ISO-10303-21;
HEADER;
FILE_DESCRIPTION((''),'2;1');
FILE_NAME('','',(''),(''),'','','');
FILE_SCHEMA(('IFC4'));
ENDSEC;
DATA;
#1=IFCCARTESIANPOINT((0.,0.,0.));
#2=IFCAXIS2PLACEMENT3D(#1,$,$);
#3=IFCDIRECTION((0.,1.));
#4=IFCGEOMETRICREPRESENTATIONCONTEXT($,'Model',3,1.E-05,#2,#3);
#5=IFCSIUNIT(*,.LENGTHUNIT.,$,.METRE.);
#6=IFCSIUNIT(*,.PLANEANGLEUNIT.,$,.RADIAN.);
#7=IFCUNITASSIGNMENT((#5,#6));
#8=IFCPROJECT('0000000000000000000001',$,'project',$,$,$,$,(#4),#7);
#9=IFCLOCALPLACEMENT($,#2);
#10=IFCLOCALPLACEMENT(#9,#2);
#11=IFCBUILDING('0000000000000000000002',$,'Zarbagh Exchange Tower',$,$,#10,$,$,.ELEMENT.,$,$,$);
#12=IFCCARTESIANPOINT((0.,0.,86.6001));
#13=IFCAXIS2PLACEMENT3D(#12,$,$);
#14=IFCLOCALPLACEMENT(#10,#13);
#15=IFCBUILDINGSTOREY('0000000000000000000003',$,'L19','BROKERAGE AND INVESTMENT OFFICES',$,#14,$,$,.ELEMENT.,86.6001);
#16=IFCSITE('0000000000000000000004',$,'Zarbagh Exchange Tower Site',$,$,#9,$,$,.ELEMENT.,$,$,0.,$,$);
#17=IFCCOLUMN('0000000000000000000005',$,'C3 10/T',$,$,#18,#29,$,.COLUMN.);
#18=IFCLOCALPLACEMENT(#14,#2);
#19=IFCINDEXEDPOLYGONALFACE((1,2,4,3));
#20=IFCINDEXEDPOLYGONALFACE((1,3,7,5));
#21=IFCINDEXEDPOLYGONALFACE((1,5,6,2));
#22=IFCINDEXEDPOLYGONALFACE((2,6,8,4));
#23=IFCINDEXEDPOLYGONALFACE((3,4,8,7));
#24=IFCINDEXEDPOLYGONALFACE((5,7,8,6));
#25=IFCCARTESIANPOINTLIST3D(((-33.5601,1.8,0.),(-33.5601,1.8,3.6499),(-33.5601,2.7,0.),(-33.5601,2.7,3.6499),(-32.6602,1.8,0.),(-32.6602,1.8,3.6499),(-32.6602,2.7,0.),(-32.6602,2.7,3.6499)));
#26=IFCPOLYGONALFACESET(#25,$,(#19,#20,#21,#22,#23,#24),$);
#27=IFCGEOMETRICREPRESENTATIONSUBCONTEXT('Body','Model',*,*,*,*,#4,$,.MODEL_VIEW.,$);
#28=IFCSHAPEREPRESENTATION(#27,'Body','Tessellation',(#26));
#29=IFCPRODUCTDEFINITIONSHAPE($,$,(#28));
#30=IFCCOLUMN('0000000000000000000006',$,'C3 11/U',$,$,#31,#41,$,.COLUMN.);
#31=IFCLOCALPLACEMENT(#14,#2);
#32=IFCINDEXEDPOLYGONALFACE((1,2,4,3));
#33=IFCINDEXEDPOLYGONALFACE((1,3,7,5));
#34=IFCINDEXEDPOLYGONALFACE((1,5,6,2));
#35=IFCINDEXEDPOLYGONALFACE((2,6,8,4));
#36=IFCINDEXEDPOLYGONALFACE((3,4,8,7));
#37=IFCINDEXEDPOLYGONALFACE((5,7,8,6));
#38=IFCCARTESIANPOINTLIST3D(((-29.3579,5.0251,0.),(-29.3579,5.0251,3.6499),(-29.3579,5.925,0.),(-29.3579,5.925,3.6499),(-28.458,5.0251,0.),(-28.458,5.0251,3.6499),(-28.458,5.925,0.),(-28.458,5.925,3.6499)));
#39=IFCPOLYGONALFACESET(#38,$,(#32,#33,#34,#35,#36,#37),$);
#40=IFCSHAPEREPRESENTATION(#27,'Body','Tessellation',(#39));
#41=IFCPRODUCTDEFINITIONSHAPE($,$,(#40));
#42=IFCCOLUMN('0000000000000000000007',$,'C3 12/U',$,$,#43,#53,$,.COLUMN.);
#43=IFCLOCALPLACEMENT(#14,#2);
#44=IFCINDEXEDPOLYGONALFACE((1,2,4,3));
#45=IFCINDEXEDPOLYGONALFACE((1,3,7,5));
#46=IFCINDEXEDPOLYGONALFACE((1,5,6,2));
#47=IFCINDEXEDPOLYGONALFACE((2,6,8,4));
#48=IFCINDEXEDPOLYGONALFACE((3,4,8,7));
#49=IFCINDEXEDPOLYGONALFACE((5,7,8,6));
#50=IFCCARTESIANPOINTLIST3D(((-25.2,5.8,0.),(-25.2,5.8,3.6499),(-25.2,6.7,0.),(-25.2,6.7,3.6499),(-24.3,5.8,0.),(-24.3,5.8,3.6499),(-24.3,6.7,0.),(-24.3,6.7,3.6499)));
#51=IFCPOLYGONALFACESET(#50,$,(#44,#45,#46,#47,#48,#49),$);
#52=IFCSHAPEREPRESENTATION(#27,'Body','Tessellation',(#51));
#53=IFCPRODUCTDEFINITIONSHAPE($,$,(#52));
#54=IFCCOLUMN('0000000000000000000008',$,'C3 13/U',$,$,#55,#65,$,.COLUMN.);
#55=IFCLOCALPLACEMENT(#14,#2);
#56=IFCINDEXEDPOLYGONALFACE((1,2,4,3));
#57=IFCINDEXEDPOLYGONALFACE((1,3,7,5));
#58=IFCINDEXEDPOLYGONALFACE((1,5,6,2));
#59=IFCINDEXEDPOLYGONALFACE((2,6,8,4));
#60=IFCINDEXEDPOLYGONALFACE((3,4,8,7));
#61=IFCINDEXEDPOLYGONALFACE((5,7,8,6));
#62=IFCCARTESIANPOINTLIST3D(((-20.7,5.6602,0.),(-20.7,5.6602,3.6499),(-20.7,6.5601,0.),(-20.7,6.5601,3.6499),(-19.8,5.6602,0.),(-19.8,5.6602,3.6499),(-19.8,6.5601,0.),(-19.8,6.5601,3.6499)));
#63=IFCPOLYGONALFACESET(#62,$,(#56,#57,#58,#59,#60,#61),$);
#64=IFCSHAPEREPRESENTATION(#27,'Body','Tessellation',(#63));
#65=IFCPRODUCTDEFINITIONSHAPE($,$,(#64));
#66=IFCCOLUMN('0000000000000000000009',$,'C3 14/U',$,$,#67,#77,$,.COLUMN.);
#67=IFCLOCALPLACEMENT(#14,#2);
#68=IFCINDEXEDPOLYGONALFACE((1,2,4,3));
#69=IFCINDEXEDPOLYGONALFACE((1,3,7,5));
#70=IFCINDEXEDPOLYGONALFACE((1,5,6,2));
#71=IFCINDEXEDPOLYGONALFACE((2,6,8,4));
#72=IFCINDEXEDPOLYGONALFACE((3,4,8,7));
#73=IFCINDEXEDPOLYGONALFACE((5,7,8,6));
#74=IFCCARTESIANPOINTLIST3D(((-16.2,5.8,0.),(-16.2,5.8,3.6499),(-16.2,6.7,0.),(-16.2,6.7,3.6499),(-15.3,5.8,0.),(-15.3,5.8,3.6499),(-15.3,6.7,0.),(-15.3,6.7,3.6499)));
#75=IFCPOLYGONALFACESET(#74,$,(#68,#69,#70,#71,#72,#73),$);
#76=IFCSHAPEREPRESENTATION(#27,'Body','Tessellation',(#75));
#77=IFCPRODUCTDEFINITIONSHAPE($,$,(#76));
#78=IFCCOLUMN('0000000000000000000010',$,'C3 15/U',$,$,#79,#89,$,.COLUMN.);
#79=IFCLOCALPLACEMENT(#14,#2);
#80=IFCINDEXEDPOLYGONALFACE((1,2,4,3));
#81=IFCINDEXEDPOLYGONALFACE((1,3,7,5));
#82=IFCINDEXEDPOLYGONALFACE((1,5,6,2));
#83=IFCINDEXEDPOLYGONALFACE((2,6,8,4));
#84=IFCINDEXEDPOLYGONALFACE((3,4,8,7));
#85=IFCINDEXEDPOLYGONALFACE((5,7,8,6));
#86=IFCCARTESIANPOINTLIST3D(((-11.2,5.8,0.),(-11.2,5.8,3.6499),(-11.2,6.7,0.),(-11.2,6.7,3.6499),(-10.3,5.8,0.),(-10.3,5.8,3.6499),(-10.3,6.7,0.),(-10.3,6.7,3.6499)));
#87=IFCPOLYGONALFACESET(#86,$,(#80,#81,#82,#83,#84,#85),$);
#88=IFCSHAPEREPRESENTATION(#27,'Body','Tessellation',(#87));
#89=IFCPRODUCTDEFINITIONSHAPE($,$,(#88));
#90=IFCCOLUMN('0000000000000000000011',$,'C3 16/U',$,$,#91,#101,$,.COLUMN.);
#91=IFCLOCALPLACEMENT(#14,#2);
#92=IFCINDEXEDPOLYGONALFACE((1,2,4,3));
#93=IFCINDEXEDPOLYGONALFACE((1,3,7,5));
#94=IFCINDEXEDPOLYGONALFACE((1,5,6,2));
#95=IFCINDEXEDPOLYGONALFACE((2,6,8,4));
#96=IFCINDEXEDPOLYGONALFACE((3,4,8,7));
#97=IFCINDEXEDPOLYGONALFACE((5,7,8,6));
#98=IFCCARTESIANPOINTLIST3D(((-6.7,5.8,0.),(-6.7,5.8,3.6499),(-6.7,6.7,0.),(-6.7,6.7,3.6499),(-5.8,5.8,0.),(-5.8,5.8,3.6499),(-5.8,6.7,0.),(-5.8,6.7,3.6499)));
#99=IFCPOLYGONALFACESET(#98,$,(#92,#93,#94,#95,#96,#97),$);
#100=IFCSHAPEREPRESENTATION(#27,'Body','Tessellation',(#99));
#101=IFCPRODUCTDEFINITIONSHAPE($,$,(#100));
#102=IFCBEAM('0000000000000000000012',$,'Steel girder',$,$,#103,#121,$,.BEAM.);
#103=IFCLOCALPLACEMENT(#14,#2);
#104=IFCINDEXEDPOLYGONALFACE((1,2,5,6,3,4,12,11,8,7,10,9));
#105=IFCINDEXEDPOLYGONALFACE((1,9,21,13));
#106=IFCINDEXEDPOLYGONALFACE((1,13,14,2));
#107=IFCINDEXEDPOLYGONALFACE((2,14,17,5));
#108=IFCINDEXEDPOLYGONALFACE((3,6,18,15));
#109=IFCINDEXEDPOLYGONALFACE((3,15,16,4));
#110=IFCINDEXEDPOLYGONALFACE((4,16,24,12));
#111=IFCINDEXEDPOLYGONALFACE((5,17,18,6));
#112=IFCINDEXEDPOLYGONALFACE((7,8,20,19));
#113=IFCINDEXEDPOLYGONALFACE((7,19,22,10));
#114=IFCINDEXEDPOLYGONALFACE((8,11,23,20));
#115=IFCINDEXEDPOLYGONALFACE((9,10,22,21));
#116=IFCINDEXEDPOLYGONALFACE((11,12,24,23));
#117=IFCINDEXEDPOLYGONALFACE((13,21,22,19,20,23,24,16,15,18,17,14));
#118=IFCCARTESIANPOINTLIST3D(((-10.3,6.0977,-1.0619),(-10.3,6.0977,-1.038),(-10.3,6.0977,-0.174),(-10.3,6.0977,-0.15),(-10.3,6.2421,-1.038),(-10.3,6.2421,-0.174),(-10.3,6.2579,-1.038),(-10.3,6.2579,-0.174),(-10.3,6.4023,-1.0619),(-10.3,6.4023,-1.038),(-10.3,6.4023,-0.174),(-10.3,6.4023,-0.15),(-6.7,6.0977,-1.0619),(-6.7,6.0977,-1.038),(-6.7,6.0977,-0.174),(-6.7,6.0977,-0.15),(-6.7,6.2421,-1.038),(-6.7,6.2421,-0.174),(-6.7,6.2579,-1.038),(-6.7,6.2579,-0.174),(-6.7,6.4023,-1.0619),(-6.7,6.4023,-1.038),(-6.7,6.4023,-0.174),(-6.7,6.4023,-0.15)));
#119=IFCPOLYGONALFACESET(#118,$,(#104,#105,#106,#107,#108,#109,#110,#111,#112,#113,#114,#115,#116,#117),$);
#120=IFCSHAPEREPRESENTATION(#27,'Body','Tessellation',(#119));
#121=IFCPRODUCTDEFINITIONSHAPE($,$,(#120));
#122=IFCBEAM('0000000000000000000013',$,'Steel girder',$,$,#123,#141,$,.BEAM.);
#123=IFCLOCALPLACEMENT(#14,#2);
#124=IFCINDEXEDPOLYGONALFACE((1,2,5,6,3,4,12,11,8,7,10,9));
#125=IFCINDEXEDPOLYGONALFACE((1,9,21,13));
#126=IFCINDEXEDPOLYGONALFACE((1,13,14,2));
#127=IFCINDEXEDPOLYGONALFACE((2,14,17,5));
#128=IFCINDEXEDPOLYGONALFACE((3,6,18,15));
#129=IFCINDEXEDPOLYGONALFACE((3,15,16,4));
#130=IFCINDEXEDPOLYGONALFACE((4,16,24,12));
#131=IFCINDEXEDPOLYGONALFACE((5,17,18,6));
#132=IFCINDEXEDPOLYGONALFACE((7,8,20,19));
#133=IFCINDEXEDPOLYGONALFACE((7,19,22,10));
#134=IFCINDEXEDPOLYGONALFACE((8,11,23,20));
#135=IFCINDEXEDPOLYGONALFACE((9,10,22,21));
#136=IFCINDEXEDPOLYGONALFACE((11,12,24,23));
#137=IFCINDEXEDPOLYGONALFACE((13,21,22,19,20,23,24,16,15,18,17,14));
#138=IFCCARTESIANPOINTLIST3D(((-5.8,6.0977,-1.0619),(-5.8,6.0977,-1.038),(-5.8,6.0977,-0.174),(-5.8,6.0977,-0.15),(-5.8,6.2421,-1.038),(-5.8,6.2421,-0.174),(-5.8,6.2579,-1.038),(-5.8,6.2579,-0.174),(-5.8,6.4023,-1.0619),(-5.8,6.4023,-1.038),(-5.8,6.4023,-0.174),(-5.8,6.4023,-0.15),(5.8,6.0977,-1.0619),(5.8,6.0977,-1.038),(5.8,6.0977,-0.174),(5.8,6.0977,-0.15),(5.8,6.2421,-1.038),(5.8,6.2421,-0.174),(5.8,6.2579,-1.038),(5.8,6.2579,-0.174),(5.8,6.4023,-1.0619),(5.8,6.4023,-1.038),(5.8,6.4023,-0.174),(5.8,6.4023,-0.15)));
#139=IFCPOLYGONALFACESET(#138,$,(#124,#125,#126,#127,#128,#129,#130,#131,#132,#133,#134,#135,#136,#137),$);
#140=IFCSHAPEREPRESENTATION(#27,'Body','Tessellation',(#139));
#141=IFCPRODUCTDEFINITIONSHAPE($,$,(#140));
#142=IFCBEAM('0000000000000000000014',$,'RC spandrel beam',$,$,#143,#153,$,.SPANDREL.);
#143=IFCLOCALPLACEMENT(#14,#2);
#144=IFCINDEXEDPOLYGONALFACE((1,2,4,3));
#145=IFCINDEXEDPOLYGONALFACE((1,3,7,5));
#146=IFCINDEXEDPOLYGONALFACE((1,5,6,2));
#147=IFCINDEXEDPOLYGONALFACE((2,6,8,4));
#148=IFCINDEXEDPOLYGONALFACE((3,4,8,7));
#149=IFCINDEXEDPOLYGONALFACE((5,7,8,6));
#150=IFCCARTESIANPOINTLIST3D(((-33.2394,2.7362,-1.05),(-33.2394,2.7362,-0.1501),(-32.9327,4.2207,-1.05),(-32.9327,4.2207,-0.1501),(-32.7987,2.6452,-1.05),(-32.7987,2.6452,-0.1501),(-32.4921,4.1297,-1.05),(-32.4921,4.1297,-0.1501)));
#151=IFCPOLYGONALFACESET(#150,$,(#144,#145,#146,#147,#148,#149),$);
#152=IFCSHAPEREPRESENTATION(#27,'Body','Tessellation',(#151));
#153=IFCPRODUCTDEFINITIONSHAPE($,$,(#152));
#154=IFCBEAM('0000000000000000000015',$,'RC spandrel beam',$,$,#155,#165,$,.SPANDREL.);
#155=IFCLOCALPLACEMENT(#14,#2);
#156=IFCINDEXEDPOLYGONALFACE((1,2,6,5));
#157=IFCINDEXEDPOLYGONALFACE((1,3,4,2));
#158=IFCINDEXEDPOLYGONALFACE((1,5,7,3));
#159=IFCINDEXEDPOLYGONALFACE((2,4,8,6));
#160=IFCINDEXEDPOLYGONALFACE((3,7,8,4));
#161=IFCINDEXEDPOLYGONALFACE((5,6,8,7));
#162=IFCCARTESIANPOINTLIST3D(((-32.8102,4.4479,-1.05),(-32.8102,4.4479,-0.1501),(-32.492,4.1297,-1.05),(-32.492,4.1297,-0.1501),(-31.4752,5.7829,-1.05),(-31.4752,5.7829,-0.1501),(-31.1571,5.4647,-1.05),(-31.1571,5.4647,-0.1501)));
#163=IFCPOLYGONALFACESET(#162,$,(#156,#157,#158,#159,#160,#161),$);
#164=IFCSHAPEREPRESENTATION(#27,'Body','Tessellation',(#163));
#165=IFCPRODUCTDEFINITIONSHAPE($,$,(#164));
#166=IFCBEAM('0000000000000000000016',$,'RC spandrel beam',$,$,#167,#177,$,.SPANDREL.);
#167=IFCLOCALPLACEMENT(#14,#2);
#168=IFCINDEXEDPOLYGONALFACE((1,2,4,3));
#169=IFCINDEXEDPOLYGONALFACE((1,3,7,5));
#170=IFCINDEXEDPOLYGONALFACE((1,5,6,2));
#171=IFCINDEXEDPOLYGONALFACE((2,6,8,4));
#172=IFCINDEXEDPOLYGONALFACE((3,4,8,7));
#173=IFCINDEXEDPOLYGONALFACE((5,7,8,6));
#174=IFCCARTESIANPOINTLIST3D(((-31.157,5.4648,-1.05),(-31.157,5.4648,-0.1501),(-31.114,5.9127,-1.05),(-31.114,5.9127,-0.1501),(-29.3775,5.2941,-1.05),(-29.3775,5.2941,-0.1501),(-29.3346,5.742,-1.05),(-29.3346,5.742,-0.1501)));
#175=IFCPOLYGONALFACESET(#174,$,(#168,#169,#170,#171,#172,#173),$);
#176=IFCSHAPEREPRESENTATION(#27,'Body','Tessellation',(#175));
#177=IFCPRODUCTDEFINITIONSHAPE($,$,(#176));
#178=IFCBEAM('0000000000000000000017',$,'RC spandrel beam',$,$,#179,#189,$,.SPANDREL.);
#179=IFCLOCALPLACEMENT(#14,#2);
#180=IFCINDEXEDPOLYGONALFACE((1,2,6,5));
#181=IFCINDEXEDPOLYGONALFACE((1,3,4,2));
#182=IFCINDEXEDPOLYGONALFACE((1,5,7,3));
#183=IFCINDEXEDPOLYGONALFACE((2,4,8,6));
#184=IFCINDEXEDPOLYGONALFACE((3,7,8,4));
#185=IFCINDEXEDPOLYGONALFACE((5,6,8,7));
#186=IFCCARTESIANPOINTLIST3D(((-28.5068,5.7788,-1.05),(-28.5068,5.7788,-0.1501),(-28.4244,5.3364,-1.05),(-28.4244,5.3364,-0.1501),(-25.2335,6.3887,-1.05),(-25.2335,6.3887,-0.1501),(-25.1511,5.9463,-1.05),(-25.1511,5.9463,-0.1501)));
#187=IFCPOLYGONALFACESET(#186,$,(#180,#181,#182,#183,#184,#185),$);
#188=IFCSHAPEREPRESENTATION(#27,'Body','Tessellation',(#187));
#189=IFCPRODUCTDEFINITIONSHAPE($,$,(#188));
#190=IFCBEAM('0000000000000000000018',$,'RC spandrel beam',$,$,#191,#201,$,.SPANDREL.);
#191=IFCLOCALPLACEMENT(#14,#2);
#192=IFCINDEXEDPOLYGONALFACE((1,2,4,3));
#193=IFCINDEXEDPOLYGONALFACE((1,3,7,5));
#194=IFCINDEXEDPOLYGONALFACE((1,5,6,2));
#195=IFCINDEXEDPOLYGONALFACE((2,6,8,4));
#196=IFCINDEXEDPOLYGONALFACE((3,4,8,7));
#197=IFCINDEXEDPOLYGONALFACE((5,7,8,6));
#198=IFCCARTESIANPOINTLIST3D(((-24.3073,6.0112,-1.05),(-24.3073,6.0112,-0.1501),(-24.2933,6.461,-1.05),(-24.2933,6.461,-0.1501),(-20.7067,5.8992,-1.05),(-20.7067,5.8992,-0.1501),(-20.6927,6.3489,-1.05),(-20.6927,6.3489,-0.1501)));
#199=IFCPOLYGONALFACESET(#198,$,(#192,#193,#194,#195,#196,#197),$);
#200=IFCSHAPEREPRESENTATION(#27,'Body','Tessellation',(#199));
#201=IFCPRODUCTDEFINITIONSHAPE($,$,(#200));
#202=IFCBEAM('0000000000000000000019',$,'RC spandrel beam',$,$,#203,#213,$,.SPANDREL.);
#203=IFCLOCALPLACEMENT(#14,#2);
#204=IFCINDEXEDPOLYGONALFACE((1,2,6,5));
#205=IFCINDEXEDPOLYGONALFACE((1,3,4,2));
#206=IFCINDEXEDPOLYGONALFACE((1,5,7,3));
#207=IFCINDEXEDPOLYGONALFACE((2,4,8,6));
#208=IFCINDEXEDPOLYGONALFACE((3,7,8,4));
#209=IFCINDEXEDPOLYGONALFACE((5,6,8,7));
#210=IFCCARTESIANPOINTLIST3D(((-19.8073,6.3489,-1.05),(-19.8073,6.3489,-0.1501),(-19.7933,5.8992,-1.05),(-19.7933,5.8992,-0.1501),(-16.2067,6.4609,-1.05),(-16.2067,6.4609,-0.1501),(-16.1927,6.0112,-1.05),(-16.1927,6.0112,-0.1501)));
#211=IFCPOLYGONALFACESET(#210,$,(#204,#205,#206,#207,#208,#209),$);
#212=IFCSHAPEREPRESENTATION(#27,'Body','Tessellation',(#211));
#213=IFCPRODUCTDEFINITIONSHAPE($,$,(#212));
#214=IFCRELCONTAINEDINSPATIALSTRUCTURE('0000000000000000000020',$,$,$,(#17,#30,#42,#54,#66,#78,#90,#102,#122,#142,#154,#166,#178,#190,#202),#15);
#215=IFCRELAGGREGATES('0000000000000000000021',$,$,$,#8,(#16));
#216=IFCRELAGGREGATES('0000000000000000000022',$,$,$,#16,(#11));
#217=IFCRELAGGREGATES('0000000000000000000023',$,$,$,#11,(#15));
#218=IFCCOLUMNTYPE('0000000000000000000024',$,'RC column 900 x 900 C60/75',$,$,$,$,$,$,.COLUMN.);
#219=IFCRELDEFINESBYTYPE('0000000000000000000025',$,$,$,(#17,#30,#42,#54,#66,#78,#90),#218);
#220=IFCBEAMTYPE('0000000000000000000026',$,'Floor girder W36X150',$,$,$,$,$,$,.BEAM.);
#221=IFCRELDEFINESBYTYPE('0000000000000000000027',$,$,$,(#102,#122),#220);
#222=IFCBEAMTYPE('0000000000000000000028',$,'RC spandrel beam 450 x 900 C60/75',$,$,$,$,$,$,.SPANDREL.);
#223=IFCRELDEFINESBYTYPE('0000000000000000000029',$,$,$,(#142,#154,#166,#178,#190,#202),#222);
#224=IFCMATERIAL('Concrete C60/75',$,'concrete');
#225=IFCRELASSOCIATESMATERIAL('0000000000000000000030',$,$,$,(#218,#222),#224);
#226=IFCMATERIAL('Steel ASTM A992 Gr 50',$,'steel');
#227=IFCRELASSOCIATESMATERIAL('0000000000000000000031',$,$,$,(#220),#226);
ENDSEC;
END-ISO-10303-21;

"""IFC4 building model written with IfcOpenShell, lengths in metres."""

from ifc_helpers import new_model, si_unit, direction, frame, origin, origin_2d, place, context, subcontext, project, spatial, rectangle, i_section, extrude, material, material_profile, profile_set, type_object, element, save


model = new_model("IFC4")

# Units and contexts
model_context = context("Model", 3, precision=1e-05, world=origin(), true_north=direction((0.0, 1.0)))
body_context = subcontext(model_context, "Body", "Model", "MODEL_VIEW")
ifc_project = project(units=[si_unit("LENGTHUNIT", "METRE"), si_unit("PLANEANGLEUNIT", "RADIAN")], contexts=[model_context])

# Site, building, storey
site_placement = place(None, origin())
site = spatial("IfcSite", under=ifc_project, at=site_placement, Name="Zarbagh Exchange Tower Site", CompositionType="ELEMENT", RefElevation=0.0)
building_placement = place(site_placement, origin())
building = spatial("IfcBuilding", under=site, at=building_placement, Name="Zarbagh Exchange Tower", CompositionType="ELEMENT")
storey_placement = place(building_placement, frame((0.0, 0.0, 86.6001)))
storey = spatial("IfcBuildingStorey", under=building, at=storey_placement, Name="L19", Description="BROKERAGE AND INVESTMENT OFFICES", CompositionType="ELEMENT", Elevation=86.6001)

# Columns
ifc_material_1 = material(Name="Concrete C60/75", Category="concrete")
ifc_material_profile_1 = material_profile(ifc_material_1, rectangle(XDim=0.8999, YDim=0.8999, at=origin_2d()), Name="RC column 900 x 900 C60/75")
ifc_profile_set_1 = profile_set([ifc_material_profile_1], Name="Concrete C60/75")
column_type = type_object("IfcColumnType", Name="RC column 900 x 900 C60/75", PredefinedType="COLUMN", material=ifc_profile_set_1)
for number, where, z_axis, x_axis, name in (
    (1, (-33.1101, 2.25, 0.0), (0.0, 0.0, 1.0), (1.0, 0.0, 0.0), "C3 10/T"),
    (2, (-28.908, 5.4751, 0.0), (0.0, 0.0, 1.0), (1.0, 0.0, 0.0), "C3 11/U"),
    (3, (-24.75, 6.25, 0.0), (0.0, 0.0, 1.0), (1.0, 0.0, 0.0), "C3 12/U"),
    (4, (-20.25, 6.1101, 0.0), (0.0, 0.0, 1.0), (1.0, 0.0, 0.0), "C3 13/U"),
    (5, (-15.75, 6.25, 0.0), (0.0, 0.0, 1.0), (1.0, 0.0, 0.0), "C3 14/U"),
    (6, (-10.75, 6.25, 0.0), (0.0, 0.0, 1.0), (1.0, 0.0, 0.0), "C3 15/U"),
    (7, (-6.25, 6.25, 0.0), (0.0, 0.0, 1.0), (1.0, 0.0, 0.0), "C3 16/U"),
):
    element("IfcColumn", number, at=place(storey_placement, frame(where, z_axis=z_axis, x_axis=x_axis)), inside=storey, type_object=column_type, Name=name, PredefinedType="COLUMN", context=body_context, shape_type="SweptSolid", body=[
        extrude(rectangle(XDim=0.8999, YDim=0.8999, at=origin_2d()), origin(), (0.0, 0.0, 1.0), 3.6499),
    ])

# Beams
ifc_material_2 = material(Name="Steel ASTM A992 Gr 50", Category="steel")
ifc_material_profile_2 = material_profile(ifc_material_2, i_section(OverallWidth=0.3047, OverallDepth=0.9119, WebThickness=0.0159, FlangeThickness=0.0239, at=origin_2d()), Name="W36X150")
ifc_profile_set_2 = profile_set([ifc_material_profile_2], Name="Steel ASTM A992 Gr 50")
beam_type_1 = type_object("IfcBeamType", Name="Floor girder W36X150", PredefinedType="BEAM", material=ifc_profile_set_2)
beam_1_placement = place(storey_placement, frame((-10.3, 6.25, -0.606), z_axis=(1.0, 0.0, 0.0), x_axis=(0.0, 1.0, 0.0)))
element("IfcBeam", 8, at=beam_1_placement, inside=storey, type_object=beam_type_1, Name="Steel girder", PredefinedType="BEAM", context=body_context, shape_type="SweptSolid", body=[
    extrude(i_section(OverallWidth=0.3047, OverallDepth=0.9119, WebThickness=0.0159, FlangeThickness=0.0239, at=origin_2d()), origin(), (0.0, 0.0, 1.0), 3.6001),
])
beam_2_placement = place(storey_placement, frame((-5.8, 6.25, -0.606), z_axis=(1.0, 0.0, 0.0), x_axis=(0.0, 1.0, 0.0)))
element("IfcBeam", 9, at=beam_2_placement, inside=storey, type_object=beam_type_1, Name="Steel girder", PredefinedType="BEAM", context=body_context, shape_type="SweptSolid", body=[
    extrude(i_section(OverallWidth=0.3047, OverallDepth=0.9119, WebThickness=0.0159, FlangeThickness=0.0239, at=origin_2d()), origin(), (0.0, 0.0, 1.0), 11.6001),
])
ifc_material_profile_3 = material_profile(ifc_material_1, rectangle(XDim=0.45, YDim=0.8999, at=origin_2d()), Name="RC spandrel beam 450 x 900 C60/75")
ifc_profile_set_3 = profile_set([ifc_material_profile_3], Name="Concrete C60/75")
beam_type_2 = type_object("IfcBeamType", Name="RC spandrel beam 450 x 900 C60/75", PredefinedType="SPANDREL", material=ifc_profile_set_3)
beam_3_placement = place(storey_placement, frame((-33.019, 2.6907, -0.6001), z_axis=(0.202275, 0.979329, 0.0), x_axis=(-0.979329, 0.202275, 0.0)))
element("IfcBeam", 10, at=beam_3_placement, inside=storey, type_object=beam_type_2, Name="RC spandrel beam", PredefinedType="SPANDREL", context=body_context, shape_type="SweptSolid", body=[
    extrude(rectangle(XDim=0.45, YDim=0.8999, at=origin_2d()), origin(), (0.0, 0.0, 1.0), 1.5159),
])
beam_4_placement = place(storey_placement, frame((-32.6511, 4.2888, -0.6001), z_axis=(0.707107, 0.707107, 0.0), x_axis=(-0.707107, 0.707107, 0.0)))
element("IfcBeam", 11, at=beam_4_placement, inside=storey, type_object=beam_type_2, Name="RC spandrel beam", PredefinedType="SPANDREL", context=body_context, shape_type="SweptSolid", body=[
    extrude(rectangle(XDim=0.45, YDim=0.8999, at=origin_2d()), origin(), (0.0, 0.0, 1.0), 1.8879),
])
beam_5_placement = place(storey_placement, frame((-31.1355, 5.6887, -0.6001), z_axis=(0.995433, -0.09546, 0.0), x_axis=(0.09546, 0.995433, 0.0)))
element("IfcBeam", 12, at=beam_5_placement, inside=storey, type_object=beam_type_2, Name="RC spandrel beam", PredefinedType="SPANDREL", context=body_context, shape_type="SweptSolid", body=[
    extrude(rectangle(XDim=0.45, YDim=0.8999, at=origin_2d()), origin(), (0.0, 0.0, 1.0), 1.7876),
])
beam_6_placement = place(storey_placement, frame((-28.4656, 5.5576, -0.6001), z_axis=(0.983082, 0.183168, 0.0), x_axis=(-0.183168, 0.983082, 0.0)))
element("IfcBeam", 13, at=beam_6_placement, inside=storey, type_object=beam_type_2, Name="RC spandrel beam", PredefinedType="SPANDREL", context=body_context, shape_type="SweptSolid", body=[
    extrude(rectangle(XDim=0.45, YDim=0.8999, at=origin_2d()), origin(), (0.0, 0.0, 1.0), 3.3296),
])
for number, where, z_axis, x_axis, name in (
    (14, (-24.3003, 6.2361, -0.6001), (0.999516, -0.031108, 0.0), (0.031108, 0.999516, 0.0), "RC spandrel beam"),
    (15, (-19.8003, 6.124, -0.6001), (0.999516, 0.031108, 0.0), (-0.031108, 0.999516, 0.0), "RC spandrel beam"),
):
    element("IfcBeam", number, at=place(storey_placement, frame(where, z_axis=z_axis, x_axis=x_axis)), inside=storey, type_object=beam_type_2, Name=name, PredefinedType="SPANDREL", context=body_context, shape_type="SweptSolid", body=[
        extrude(rectangle(XDim=0.45, YDim=0.8999, at=origin_2d()), origin(), (0.0, 0.0, 1.0), 3.6023),
    ])

save(model, "model.ifc")
